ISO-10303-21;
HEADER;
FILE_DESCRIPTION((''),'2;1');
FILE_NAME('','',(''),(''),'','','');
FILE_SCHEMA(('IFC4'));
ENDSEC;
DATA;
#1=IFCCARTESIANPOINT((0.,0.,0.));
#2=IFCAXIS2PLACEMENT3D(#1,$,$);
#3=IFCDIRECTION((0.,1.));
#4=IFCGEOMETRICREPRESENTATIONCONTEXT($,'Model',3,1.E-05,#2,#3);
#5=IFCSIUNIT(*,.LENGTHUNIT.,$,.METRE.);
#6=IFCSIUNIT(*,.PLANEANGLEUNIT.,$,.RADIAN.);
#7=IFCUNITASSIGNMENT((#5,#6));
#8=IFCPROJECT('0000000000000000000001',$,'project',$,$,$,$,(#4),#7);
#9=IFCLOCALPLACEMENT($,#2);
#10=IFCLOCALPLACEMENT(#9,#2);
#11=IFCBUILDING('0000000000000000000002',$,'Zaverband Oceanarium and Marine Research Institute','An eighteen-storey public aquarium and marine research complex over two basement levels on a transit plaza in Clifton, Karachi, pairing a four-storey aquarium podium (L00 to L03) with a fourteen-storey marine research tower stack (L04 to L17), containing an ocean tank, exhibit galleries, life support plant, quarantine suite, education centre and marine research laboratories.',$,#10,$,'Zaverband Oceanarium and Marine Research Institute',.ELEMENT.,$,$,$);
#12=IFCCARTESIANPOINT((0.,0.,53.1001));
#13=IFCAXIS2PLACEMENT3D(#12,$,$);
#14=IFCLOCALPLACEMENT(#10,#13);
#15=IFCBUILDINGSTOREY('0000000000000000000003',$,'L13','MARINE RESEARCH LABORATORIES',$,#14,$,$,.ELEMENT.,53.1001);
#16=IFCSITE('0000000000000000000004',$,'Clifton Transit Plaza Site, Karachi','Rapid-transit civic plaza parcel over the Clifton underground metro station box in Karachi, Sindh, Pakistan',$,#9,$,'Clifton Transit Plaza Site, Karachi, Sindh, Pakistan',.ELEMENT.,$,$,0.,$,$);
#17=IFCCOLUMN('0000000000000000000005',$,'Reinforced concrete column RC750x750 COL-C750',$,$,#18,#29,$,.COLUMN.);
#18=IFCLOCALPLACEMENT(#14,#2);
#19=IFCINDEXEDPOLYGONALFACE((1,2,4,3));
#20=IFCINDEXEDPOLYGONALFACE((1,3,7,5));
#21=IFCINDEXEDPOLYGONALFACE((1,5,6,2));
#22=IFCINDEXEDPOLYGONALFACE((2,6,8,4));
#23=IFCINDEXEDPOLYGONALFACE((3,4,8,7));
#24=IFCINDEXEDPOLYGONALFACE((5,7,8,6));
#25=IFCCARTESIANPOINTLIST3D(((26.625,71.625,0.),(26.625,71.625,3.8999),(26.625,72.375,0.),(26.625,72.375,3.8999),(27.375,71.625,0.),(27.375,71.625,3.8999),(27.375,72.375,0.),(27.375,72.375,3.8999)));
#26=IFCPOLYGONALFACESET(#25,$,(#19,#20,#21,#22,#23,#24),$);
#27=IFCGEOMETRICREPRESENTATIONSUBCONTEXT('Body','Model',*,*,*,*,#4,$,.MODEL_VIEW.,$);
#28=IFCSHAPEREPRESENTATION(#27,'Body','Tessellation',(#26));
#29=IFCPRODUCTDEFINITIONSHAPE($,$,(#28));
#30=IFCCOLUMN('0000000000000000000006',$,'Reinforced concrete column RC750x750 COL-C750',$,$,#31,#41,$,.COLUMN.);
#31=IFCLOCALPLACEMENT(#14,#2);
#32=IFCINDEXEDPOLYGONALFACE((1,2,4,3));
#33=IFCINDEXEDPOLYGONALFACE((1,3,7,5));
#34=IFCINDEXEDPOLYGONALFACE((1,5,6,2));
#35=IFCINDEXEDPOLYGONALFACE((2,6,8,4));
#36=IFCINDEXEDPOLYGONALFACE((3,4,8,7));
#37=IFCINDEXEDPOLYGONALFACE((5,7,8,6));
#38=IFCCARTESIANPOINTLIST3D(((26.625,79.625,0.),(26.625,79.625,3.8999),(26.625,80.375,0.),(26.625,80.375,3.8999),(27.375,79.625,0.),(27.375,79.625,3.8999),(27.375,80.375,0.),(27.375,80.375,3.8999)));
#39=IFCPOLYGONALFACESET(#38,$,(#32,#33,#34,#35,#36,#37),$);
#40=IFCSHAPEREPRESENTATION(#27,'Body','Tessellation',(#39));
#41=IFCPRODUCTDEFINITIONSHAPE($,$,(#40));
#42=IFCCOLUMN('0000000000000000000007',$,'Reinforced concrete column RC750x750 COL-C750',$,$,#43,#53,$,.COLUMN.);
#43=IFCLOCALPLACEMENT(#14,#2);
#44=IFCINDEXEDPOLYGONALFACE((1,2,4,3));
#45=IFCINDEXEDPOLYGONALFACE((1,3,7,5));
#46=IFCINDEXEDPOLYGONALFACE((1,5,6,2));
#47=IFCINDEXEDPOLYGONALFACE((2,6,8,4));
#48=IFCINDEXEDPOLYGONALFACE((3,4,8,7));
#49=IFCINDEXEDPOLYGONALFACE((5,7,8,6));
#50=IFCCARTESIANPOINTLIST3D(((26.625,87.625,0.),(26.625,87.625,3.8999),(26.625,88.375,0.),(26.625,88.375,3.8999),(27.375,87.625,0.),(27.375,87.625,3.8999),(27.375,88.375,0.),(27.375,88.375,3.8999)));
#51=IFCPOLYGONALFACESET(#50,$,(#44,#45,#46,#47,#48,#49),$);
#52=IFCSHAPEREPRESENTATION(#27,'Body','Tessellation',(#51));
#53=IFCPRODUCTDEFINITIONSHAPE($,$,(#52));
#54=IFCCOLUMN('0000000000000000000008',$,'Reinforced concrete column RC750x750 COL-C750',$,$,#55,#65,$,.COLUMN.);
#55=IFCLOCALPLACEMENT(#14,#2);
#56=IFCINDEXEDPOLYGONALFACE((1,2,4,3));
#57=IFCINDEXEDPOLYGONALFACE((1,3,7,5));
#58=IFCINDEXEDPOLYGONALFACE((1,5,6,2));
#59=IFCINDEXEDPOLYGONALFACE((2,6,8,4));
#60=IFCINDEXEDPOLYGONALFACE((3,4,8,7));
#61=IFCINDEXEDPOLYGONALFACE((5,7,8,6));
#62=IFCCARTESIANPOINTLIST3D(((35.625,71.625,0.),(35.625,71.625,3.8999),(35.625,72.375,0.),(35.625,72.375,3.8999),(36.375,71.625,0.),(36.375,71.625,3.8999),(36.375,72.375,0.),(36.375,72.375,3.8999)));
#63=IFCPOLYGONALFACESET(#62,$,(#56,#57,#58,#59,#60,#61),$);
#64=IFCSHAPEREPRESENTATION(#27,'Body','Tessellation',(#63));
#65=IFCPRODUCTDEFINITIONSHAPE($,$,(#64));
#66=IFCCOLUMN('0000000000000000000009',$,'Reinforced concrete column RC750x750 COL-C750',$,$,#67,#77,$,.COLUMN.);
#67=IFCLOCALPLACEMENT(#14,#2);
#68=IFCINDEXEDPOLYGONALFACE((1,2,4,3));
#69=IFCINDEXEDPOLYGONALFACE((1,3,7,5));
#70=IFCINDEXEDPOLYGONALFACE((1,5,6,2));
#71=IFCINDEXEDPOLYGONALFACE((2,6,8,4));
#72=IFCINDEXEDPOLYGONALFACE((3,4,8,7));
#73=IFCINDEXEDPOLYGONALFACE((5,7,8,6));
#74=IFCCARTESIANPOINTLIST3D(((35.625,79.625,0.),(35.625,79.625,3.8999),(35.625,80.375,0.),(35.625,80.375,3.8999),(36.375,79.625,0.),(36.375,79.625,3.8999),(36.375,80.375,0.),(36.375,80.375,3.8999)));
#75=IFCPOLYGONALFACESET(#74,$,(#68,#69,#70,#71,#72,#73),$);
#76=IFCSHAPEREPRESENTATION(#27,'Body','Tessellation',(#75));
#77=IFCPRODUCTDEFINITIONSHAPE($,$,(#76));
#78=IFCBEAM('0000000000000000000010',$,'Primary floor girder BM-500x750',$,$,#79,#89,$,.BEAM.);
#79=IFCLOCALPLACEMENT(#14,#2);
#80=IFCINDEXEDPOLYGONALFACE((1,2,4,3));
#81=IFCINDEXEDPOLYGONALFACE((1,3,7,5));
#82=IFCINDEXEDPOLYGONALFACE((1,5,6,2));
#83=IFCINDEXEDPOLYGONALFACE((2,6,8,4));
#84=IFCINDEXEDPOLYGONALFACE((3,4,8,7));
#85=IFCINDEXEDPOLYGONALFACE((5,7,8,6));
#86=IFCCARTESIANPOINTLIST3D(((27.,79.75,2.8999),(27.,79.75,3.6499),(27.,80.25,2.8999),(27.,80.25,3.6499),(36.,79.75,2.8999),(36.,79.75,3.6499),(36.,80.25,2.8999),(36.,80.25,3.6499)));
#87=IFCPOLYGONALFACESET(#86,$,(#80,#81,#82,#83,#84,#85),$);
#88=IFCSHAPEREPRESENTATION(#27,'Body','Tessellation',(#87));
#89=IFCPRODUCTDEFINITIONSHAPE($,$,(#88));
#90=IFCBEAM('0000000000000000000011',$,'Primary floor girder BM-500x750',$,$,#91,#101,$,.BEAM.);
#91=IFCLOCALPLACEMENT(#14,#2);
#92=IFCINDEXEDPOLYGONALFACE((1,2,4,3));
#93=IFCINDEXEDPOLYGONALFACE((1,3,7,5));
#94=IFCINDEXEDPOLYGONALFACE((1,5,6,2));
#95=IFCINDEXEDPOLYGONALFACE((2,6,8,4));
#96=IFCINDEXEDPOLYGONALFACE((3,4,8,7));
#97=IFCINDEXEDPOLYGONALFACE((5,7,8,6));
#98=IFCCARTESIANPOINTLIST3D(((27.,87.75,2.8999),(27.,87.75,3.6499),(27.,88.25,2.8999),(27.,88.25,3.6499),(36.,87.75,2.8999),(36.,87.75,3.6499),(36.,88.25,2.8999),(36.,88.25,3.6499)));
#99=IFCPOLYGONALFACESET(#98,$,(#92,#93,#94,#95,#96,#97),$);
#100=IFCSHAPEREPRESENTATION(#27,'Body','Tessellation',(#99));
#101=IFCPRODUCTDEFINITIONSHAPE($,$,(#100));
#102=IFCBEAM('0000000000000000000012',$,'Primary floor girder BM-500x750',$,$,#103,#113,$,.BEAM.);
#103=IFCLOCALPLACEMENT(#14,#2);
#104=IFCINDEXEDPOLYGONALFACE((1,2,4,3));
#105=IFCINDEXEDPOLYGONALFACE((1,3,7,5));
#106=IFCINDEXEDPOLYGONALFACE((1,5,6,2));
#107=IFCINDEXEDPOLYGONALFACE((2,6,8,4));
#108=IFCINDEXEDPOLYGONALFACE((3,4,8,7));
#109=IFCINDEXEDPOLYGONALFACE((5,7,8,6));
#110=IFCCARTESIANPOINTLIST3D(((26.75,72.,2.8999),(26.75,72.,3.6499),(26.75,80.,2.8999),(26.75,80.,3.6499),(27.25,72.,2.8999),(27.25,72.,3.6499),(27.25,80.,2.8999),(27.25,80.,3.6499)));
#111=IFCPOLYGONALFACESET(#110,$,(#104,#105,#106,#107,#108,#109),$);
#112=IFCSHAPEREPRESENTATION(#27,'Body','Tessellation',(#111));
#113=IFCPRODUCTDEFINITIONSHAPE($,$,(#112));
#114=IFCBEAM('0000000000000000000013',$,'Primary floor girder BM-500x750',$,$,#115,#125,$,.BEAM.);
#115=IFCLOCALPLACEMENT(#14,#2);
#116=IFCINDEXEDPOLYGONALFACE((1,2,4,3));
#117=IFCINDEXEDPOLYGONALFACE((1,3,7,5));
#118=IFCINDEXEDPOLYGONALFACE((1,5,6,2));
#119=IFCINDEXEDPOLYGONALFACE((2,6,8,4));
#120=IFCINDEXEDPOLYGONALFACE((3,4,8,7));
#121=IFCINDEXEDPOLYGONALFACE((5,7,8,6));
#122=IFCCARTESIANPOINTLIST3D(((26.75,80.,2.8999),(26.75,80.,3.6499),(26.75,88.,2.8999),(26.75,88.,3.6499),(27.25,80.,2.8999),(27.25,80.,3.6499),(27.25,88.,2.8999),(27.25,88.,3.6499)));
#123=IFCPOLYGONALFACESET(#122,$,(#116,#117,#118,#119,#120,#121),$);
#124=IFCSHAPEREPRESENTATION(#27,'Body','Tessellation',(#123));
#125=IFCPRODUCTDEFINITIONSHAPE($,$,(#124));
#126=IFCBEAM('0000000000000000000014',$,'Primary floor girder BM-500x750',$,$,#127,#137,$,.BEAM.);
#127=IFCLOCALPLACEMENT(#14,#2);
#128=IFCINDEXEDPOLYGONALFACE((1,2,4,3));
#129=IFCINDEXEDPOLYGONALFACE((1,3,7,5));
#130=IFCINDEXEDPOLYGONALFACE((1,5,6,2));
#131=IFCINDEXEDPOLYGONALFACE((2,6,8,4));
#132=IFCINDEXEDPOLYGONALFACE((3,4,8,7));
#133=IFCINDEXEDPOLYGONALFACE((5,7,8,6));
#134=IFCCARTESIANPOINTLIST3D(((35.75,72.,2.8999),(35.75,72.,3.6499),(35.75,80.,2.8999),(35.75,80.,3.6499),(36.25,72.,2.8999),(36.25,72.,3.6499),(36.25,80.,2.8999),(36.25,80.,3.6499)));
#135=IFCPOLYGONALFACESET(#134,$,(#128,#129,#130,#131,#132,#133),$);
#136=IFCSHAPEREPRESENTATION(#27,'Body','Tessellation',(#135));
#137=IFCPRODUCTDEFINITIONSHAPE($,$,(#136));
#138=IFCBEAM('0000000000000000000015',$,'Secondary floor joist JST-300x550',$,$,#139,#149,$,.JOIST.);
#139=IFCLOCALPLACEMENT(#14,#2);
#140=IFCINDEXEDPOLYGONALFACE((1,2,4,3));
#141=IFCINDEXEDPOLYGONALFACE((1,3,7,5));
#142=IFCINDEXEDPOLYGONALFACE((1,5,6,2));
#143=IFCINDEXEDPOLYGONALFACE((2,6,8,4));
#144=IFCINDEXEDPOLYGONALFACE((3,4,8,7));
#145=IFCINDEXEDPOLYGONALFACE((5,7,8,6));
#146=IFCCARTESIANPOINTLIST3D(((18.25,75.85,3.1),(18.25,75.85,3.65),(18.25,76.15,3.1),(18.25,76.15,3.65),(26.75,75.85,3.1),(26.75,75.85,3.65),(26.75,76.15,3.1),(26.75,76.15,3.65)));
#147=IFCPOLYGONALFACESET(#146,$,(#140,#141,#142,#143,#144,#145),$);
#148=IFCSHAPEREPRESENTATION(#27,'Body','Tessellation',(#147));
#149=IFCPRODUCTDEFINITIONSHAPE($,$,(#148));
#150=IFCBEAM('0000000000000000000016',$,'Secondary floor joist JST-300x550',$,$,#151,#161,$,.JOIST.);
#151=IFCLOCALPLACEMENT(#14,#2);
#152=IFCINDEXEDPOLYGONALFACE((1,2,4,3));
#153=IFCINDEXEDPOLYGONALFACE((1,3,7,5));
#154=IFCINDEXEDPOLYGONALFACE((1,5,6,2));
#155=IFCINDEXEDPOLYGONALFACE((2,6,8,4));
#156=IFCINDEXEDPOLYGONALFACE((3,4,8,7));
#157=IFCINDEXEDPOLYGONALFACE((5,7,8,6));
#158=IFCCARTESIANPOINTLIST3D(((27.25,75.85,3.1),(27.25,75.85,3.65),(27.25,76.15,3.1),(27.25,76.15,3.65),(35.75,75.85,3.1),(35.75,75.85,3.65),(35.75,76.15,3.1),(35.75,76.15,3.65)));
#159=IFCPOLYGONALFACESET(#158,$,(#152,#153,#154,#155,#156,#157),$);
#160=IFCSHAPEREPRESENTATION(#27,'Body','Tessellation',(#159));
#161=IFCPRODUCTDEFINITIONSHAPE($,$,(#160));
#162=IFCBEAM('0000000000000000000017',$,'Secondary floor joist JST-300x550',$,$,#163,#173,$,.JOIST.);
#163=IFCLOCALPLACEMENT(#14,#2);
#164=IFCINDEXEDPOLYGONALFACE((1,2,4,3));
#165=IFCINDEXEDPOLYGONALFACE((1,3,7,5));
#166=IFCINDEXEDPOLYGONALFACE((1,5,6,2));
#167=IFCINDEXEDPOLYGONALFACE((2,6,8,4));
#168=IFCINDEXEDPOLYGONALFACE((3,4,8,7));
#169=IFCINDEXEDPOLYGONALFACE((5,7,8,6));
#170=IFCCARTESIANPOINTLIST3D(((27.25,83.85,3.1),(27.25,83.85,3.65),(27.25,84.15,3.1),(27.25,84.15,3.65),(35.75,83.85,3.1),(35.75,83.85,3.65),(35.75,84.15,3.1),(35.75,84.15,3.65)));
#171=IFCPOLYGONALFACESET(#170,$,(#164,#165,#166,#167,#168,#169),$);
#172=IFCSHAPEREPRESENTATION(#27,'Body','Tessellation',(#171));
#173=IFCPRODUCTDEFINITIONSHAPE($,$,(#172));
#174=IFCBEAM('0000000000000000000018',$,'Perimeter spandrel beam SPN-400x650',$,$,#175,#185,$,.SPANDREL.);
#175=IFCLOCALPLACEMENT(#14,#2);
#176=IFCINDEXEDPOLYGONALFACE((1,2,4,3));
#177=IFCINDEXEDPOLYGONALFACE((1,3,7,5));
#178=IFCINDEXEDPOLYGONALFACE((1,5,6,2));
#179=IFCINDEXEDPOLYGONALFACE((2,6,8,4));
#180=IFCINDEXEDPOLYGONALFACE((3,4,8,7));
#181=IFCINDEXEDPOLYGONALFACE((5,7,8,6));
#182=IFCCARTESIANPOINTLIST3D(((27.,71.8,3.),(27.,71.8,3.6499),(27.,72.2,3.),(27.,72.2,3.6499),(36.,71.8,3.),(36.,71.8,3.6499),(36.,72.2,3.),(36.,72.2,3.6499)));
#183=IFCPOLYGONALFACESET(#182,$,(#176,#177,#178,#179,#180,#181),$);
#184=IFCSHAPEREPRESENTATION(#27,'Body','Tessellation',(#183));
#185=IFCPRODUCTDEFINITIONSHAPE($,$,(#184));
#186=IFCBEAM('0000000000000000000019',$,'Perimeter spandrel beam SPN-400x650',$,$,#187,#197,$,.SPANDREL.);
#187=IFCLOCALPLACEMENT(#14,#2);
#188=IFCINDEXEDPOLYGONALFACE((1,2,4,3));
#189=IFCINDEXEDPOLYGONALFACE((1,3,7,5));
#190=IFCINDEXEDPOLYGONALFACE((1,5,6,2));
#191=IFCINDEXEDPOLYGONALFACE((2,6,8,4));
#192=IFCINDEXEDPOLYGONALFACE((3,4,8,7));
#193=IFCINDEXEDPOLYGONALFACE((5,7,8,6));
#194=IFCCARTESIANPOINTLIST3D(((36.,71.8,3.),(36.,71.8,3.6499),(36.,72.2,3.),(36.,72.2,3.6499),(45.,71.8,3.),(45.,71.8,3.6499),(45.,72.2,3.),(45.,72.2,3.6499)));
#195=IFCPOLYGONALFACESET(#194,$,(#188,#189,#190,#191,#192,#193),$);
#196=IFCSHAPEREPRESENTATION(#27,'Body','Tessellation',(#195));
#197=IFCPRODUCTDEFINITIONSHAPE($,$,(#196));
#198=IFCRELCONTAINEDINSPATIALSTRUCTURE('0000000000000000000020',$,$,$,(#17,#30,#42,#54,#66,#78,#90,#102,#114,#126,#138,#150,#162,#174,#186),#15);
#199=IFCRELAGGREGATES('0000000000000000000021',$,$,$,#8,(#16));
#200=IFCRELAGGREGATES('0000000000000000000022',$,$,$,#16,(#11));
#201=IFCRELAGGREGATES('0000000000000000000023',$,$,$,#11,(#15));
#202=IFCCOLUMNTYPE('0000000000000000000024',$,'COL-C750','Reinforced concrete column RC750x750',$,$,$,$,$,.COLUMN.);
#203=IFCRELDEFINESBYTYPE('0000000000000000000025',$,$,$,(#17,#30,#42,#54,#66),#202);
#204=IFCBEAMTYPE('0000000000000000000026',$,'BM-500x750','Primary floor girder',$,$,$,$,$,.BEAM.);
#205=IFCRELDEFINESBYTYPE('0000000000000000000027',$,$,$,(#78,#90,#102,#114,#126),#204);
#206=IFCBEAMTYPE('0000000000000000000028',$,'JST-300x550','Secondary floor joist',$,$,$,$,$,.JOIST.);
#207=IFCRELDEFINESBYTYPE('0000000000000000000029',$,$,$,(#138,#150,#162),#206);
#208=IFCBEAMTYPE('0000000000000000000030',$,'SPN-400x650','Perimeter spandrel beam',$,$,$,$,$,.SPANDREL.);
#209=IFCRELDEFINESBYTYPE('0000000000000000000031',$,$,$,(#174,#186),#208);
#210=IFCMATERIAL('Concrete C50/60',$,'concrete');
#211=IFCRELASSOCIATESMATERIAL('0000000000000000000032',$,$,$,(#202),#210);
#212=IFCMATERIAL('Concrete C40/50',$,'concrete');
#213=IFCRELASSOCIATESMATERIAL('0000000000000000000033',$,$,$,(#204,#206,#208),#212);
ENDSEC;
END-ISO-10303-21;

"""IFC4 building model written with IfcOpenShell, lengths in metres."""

from ifc_helpers import new_model, si_unit, direction, frame, origin, origin_2d, place, context, subcontext, project, spatial, rectangle, extrude, material, material_profile, profile_set, type_object, element, save


model = new_model("IFC4")

# Units and contexts
model_context = context("Model", 3, precision=1e-05, world=origin(), true_north=direction((0.0, 1.0)))
body_context = subcontext(model_context, "Body", "Model", "MODEL_VIEW")
ifc_project = project(units=[si_unit("LENGTHUNIT", "METRE"), si_unit("PLANEANGLEUNIT", "RADIAN")], contexts=[model_context])

# Site, building, storey
site_placement = place(None, origin())
site = spatial("IfcSite", under=ifc_project, at=site_placement, Name="Clifton Transit Plaza Site, Karachi", Description="Rapid-transit civic plaza parcel over the Clifton underground metro station box in Karachi, Sindh, Pakistan", LongName="Clifton Transit Plaza Site, Karachi, Sindh, Pakistan", CompositionType="ELEMENT", RefElevation=0.0)
building_placement = place(site_placement, origin())
building = spatial("IfcBuilding", under=site, at=building_placement, Name="Zaverband Oceanarium and Marine Research Institute", Description="An eighteen-storey public aquarium and marine research complex over two basement levels on a transit plaza in Clifton, Karachi, pairing a four-storey aquarium podium (L00 to L03) with a fourteen-storey marine research tower stack (L04 to L17), containing an ocean tank, exhibit galleries, life support plant, quarantine suite, education centre and marine research laboratories.", LongName="Zaverband Oceanarium and Marine Research Institute", CompositionType="ELEMENT")
storey_placement = place(building_placement, frame((0.0, 0.0, 53.1001)))
storey = spatial("IfcBuildingStorey", under=building, at=storey_placement, Name="L13", Description="MARINE RESEARCH LABORATORIES", CompositionType="ELEMENT", Elevation=53.1001)

# Columns
ifc_material_1 = material(Name="Concrete C50/60", Category="concrete")
ifc_material_profile_1 = material_profile(ifc_material_1, rectangle(XDim=0.75, YDim=0.75, at=origin_2d()), Name="RC750x750")
ifc_profile_set_1 = profile_set([ifc_material_profile_1], Name="Concrete C50/60")
column_type = type_object("IfcColumnType", Name="COL-C750", Description="Reinforced concrete column RC750x750", PredefinedType="COLUMN", material=ifc_profile_set_1)
for number, where, z_axis, x_axis, name in (
    (1, (27.0, 72.0, 0.0), (0.0, 0.0, 1.0), (1.0, 0.0, 0.0), "Reinforced concrete column RC750x750 COL-C750"),
    (2, (27.0, 80.0, 0.0), (0.0, 0.0, 1.0), (1.0, 0.0, 0.0), "Reinforced concrete column RC750x750 COL-C750"),
    (3, (27.0, 88.0, 0.0), (0.0, 0.0, 1.0), (1.0, 0.0, 0.0), "Reinforced concrete column RC750x750 COL-C750"),
    (4, (36.0, 72.0, 0.0), (0.0, 0.0, 1.0), (1.0, 0.0, 0.0), "Reinforced concrete column RC750x750 COL-C750"),
    (5, (36.0, 80.0, 0.0), (0.0, 0.0, 1.0), (1.0, 0.0, 0.0), "Reinforced concrete column RC750x750 COL-C750"),
):
    element("IfcColumn", number, at=place(storey_placement, frame(where, z_axis=z_axis, x_axis=x_axis)), inside=storey, type_object=column_type, Name=name, PredefinedType="COLUMN", context=body_context, shape_type="SweptSolid", body=[
        extrude(rectangle(XDim=0.75, YDim=0.75, at=origin_2d()), origin(), (0.0, 0.0, 1.0), 3.8999),
    ])

# Beams
ifc_material_2 = material(Name="Concrete C40/50", Category="concrete")
ifc_material_profile_2 = material_profile(ifc_material_2, rectangle(XDim=0.5, YDim=0.75, at=origin_2d()), Name="RC500x750")
ifc_profile_set_2 = profile_set([ifc_material_profile_2], Name="Concrete C40/50")
beam_type_1 = type_object("IfcBeamType", Name="BM-500x750", Description="Primary floor girder", PredefinedType="BEAM", material=ifc_profile_set_2)
for number, where, z_axis, x_axis, name in (
    (6, (27.0, 80.0, 3.2749), (1.0, 0.0, 0.0), (0.0, 1.0, 0.0), "Primary floor girder BM-500x750"),
    (7, (27.0, 88.0, 3.2749), (1.0, 0.0, 0.0), (0.0, 1.0, 0.0), "Primary floor girder BM-500x750"),
):
    element("IfcBeam", number, at=place(storey_placement, frame(where, z_axis=z_axis, x_axis=x_axis)), inside=storey, type_object=beam_type_1, Name=name, PredefinedType="BEAM", context=body_context, shape_type="SweptSolid", body=[
        extrude(rectangle(XDim=0.5, YDim=0.75, at=origin_2d()), origin(), (0.0, 0.0, 1.0), 9.0),
    ])
for number, where, z_axis, x_axis, name in (
    (8, (27.0, 72.0, 3.2749), (0.0, 1.0, 0.0), (-1.0, 0.0, 0.0), "Primary floor girder BM-500x750"),
    (9, (27.0, 80.0, 3.2749), (0.0, 1.0, 0.0), (-1.0, 0.0, 0.0), "Primary floor girder BM-500x750"),
    (10, (36.0, 72.0, 3.2749), (0.0, 1.0, 0.0), (-1.0, 0.0, 0.0), "Primary floor girder BM-500x750"),
):
    element("IfcBeam", number, at=place(storey_placement, frame(where, z_axis=z_axis, x_axis=x_axis)), inside=storey, type_object=beam_type_1, Name=name, PredefinedType="BEAM", context=body_context, shape_type="SweptSolid", body=[
        extrude(rectangle(XDim=0.5, YDim=0.75, at=origin_2d()), origin(), (0.0, 0.0, 1.0), 8.0),
    ])
ifc_material_profile_3 = material_profile(ifc_material_2, rectangle(XDim=0.3, YDim=0.55, at=origin_2d()), Name="RC300x550")
ifc_profile_set_3 = profile_set([ifc_material_profile_3], Name="Concrete C40/50")
beam_type_2 = type_object("IfcBeamType", Name="JST-300x550", Description="Secondary floor joist", PredefinedType="JOIST", material=ifc_profile_set_3)
for number, where, z_axis, x_axis, name in (
    (11, (18.25, 76.0, 3.375), (1.0, 0.0, 0.0), (0.0, 1.0, 0.0), "Secondary floor joist JST-300x550"),
    (12, (27.25, 76.0, 3.375), (1.0, 0.0, 0.0), (0.0, 1.0, 0.0), "Secondary floor joist JST-300x550"),
    (13, (27.25, 84.0, 3.375), (1.0, 0.0, 0.0), (0.0, 1.0, 0.0), "Secondary floor joist JST-300x550"),
):
    element("IfcBeam", number, at=place(storey_placement, frame(where, z_axis=z_axis, x_axis=x_axis)), inside=storey, type_object=beam_type_2, Name=name, PredefinedType="JOIST", context=body_context, shape_type="SweptSolid", body=[
        extrude(rectangle(XDim=0.3, YDim=0.55, at=origin_2d()), origin(), (0.0, 0.0, 1.0), 8.5),
    ])
ifc_material_profile_4 = material_profile(ifc_material_2, rectangle(XDim=0.3999, YDim=0.6499, at=origin_2d()), Name="RC400x650")
ifc_profile_set_4 = profile_set([ifc_material_profile_4], Name="Concrete C40/50")
beam_type_3 = type_object("IfcBeamType", Name="SPN-400x650", Description="Perimeter spandrel beam", PredefinedType="SPANDREL", material=ifc_profile_set_4)
for number, where, z_axis, x_axis, name in (
    (14, (27.0, 72.0, 3.325), (1.0, 0.0, 0.0), (0.0, 1.0, 0.0), "Perimeter spandrel beam SPN-400x650"),
    (15, (36.0, 72.0, 3.325), (1.0, 0.0, 0.0), (0.0, 1.0, 0.0), "Perimeter spandrel beam SPN-400x650"),
):
    element("IfcBeam", number, at=place(storey_placement, frame(where, z_axis=z_axis, x_axis=x_axis)), inside=storey, type_object=beam_type_3, Name=name, PredefinedType="SPANDREL", context=body_context, shape_type="SweptSolid", body=[
        extrude(rectangle(XDim=0.3999, YDim=0.6499, at=origin_2d()), origin(), (0.0, 0.0, 1.0), 9.0),
    ])

save(model, "model.ifc")
